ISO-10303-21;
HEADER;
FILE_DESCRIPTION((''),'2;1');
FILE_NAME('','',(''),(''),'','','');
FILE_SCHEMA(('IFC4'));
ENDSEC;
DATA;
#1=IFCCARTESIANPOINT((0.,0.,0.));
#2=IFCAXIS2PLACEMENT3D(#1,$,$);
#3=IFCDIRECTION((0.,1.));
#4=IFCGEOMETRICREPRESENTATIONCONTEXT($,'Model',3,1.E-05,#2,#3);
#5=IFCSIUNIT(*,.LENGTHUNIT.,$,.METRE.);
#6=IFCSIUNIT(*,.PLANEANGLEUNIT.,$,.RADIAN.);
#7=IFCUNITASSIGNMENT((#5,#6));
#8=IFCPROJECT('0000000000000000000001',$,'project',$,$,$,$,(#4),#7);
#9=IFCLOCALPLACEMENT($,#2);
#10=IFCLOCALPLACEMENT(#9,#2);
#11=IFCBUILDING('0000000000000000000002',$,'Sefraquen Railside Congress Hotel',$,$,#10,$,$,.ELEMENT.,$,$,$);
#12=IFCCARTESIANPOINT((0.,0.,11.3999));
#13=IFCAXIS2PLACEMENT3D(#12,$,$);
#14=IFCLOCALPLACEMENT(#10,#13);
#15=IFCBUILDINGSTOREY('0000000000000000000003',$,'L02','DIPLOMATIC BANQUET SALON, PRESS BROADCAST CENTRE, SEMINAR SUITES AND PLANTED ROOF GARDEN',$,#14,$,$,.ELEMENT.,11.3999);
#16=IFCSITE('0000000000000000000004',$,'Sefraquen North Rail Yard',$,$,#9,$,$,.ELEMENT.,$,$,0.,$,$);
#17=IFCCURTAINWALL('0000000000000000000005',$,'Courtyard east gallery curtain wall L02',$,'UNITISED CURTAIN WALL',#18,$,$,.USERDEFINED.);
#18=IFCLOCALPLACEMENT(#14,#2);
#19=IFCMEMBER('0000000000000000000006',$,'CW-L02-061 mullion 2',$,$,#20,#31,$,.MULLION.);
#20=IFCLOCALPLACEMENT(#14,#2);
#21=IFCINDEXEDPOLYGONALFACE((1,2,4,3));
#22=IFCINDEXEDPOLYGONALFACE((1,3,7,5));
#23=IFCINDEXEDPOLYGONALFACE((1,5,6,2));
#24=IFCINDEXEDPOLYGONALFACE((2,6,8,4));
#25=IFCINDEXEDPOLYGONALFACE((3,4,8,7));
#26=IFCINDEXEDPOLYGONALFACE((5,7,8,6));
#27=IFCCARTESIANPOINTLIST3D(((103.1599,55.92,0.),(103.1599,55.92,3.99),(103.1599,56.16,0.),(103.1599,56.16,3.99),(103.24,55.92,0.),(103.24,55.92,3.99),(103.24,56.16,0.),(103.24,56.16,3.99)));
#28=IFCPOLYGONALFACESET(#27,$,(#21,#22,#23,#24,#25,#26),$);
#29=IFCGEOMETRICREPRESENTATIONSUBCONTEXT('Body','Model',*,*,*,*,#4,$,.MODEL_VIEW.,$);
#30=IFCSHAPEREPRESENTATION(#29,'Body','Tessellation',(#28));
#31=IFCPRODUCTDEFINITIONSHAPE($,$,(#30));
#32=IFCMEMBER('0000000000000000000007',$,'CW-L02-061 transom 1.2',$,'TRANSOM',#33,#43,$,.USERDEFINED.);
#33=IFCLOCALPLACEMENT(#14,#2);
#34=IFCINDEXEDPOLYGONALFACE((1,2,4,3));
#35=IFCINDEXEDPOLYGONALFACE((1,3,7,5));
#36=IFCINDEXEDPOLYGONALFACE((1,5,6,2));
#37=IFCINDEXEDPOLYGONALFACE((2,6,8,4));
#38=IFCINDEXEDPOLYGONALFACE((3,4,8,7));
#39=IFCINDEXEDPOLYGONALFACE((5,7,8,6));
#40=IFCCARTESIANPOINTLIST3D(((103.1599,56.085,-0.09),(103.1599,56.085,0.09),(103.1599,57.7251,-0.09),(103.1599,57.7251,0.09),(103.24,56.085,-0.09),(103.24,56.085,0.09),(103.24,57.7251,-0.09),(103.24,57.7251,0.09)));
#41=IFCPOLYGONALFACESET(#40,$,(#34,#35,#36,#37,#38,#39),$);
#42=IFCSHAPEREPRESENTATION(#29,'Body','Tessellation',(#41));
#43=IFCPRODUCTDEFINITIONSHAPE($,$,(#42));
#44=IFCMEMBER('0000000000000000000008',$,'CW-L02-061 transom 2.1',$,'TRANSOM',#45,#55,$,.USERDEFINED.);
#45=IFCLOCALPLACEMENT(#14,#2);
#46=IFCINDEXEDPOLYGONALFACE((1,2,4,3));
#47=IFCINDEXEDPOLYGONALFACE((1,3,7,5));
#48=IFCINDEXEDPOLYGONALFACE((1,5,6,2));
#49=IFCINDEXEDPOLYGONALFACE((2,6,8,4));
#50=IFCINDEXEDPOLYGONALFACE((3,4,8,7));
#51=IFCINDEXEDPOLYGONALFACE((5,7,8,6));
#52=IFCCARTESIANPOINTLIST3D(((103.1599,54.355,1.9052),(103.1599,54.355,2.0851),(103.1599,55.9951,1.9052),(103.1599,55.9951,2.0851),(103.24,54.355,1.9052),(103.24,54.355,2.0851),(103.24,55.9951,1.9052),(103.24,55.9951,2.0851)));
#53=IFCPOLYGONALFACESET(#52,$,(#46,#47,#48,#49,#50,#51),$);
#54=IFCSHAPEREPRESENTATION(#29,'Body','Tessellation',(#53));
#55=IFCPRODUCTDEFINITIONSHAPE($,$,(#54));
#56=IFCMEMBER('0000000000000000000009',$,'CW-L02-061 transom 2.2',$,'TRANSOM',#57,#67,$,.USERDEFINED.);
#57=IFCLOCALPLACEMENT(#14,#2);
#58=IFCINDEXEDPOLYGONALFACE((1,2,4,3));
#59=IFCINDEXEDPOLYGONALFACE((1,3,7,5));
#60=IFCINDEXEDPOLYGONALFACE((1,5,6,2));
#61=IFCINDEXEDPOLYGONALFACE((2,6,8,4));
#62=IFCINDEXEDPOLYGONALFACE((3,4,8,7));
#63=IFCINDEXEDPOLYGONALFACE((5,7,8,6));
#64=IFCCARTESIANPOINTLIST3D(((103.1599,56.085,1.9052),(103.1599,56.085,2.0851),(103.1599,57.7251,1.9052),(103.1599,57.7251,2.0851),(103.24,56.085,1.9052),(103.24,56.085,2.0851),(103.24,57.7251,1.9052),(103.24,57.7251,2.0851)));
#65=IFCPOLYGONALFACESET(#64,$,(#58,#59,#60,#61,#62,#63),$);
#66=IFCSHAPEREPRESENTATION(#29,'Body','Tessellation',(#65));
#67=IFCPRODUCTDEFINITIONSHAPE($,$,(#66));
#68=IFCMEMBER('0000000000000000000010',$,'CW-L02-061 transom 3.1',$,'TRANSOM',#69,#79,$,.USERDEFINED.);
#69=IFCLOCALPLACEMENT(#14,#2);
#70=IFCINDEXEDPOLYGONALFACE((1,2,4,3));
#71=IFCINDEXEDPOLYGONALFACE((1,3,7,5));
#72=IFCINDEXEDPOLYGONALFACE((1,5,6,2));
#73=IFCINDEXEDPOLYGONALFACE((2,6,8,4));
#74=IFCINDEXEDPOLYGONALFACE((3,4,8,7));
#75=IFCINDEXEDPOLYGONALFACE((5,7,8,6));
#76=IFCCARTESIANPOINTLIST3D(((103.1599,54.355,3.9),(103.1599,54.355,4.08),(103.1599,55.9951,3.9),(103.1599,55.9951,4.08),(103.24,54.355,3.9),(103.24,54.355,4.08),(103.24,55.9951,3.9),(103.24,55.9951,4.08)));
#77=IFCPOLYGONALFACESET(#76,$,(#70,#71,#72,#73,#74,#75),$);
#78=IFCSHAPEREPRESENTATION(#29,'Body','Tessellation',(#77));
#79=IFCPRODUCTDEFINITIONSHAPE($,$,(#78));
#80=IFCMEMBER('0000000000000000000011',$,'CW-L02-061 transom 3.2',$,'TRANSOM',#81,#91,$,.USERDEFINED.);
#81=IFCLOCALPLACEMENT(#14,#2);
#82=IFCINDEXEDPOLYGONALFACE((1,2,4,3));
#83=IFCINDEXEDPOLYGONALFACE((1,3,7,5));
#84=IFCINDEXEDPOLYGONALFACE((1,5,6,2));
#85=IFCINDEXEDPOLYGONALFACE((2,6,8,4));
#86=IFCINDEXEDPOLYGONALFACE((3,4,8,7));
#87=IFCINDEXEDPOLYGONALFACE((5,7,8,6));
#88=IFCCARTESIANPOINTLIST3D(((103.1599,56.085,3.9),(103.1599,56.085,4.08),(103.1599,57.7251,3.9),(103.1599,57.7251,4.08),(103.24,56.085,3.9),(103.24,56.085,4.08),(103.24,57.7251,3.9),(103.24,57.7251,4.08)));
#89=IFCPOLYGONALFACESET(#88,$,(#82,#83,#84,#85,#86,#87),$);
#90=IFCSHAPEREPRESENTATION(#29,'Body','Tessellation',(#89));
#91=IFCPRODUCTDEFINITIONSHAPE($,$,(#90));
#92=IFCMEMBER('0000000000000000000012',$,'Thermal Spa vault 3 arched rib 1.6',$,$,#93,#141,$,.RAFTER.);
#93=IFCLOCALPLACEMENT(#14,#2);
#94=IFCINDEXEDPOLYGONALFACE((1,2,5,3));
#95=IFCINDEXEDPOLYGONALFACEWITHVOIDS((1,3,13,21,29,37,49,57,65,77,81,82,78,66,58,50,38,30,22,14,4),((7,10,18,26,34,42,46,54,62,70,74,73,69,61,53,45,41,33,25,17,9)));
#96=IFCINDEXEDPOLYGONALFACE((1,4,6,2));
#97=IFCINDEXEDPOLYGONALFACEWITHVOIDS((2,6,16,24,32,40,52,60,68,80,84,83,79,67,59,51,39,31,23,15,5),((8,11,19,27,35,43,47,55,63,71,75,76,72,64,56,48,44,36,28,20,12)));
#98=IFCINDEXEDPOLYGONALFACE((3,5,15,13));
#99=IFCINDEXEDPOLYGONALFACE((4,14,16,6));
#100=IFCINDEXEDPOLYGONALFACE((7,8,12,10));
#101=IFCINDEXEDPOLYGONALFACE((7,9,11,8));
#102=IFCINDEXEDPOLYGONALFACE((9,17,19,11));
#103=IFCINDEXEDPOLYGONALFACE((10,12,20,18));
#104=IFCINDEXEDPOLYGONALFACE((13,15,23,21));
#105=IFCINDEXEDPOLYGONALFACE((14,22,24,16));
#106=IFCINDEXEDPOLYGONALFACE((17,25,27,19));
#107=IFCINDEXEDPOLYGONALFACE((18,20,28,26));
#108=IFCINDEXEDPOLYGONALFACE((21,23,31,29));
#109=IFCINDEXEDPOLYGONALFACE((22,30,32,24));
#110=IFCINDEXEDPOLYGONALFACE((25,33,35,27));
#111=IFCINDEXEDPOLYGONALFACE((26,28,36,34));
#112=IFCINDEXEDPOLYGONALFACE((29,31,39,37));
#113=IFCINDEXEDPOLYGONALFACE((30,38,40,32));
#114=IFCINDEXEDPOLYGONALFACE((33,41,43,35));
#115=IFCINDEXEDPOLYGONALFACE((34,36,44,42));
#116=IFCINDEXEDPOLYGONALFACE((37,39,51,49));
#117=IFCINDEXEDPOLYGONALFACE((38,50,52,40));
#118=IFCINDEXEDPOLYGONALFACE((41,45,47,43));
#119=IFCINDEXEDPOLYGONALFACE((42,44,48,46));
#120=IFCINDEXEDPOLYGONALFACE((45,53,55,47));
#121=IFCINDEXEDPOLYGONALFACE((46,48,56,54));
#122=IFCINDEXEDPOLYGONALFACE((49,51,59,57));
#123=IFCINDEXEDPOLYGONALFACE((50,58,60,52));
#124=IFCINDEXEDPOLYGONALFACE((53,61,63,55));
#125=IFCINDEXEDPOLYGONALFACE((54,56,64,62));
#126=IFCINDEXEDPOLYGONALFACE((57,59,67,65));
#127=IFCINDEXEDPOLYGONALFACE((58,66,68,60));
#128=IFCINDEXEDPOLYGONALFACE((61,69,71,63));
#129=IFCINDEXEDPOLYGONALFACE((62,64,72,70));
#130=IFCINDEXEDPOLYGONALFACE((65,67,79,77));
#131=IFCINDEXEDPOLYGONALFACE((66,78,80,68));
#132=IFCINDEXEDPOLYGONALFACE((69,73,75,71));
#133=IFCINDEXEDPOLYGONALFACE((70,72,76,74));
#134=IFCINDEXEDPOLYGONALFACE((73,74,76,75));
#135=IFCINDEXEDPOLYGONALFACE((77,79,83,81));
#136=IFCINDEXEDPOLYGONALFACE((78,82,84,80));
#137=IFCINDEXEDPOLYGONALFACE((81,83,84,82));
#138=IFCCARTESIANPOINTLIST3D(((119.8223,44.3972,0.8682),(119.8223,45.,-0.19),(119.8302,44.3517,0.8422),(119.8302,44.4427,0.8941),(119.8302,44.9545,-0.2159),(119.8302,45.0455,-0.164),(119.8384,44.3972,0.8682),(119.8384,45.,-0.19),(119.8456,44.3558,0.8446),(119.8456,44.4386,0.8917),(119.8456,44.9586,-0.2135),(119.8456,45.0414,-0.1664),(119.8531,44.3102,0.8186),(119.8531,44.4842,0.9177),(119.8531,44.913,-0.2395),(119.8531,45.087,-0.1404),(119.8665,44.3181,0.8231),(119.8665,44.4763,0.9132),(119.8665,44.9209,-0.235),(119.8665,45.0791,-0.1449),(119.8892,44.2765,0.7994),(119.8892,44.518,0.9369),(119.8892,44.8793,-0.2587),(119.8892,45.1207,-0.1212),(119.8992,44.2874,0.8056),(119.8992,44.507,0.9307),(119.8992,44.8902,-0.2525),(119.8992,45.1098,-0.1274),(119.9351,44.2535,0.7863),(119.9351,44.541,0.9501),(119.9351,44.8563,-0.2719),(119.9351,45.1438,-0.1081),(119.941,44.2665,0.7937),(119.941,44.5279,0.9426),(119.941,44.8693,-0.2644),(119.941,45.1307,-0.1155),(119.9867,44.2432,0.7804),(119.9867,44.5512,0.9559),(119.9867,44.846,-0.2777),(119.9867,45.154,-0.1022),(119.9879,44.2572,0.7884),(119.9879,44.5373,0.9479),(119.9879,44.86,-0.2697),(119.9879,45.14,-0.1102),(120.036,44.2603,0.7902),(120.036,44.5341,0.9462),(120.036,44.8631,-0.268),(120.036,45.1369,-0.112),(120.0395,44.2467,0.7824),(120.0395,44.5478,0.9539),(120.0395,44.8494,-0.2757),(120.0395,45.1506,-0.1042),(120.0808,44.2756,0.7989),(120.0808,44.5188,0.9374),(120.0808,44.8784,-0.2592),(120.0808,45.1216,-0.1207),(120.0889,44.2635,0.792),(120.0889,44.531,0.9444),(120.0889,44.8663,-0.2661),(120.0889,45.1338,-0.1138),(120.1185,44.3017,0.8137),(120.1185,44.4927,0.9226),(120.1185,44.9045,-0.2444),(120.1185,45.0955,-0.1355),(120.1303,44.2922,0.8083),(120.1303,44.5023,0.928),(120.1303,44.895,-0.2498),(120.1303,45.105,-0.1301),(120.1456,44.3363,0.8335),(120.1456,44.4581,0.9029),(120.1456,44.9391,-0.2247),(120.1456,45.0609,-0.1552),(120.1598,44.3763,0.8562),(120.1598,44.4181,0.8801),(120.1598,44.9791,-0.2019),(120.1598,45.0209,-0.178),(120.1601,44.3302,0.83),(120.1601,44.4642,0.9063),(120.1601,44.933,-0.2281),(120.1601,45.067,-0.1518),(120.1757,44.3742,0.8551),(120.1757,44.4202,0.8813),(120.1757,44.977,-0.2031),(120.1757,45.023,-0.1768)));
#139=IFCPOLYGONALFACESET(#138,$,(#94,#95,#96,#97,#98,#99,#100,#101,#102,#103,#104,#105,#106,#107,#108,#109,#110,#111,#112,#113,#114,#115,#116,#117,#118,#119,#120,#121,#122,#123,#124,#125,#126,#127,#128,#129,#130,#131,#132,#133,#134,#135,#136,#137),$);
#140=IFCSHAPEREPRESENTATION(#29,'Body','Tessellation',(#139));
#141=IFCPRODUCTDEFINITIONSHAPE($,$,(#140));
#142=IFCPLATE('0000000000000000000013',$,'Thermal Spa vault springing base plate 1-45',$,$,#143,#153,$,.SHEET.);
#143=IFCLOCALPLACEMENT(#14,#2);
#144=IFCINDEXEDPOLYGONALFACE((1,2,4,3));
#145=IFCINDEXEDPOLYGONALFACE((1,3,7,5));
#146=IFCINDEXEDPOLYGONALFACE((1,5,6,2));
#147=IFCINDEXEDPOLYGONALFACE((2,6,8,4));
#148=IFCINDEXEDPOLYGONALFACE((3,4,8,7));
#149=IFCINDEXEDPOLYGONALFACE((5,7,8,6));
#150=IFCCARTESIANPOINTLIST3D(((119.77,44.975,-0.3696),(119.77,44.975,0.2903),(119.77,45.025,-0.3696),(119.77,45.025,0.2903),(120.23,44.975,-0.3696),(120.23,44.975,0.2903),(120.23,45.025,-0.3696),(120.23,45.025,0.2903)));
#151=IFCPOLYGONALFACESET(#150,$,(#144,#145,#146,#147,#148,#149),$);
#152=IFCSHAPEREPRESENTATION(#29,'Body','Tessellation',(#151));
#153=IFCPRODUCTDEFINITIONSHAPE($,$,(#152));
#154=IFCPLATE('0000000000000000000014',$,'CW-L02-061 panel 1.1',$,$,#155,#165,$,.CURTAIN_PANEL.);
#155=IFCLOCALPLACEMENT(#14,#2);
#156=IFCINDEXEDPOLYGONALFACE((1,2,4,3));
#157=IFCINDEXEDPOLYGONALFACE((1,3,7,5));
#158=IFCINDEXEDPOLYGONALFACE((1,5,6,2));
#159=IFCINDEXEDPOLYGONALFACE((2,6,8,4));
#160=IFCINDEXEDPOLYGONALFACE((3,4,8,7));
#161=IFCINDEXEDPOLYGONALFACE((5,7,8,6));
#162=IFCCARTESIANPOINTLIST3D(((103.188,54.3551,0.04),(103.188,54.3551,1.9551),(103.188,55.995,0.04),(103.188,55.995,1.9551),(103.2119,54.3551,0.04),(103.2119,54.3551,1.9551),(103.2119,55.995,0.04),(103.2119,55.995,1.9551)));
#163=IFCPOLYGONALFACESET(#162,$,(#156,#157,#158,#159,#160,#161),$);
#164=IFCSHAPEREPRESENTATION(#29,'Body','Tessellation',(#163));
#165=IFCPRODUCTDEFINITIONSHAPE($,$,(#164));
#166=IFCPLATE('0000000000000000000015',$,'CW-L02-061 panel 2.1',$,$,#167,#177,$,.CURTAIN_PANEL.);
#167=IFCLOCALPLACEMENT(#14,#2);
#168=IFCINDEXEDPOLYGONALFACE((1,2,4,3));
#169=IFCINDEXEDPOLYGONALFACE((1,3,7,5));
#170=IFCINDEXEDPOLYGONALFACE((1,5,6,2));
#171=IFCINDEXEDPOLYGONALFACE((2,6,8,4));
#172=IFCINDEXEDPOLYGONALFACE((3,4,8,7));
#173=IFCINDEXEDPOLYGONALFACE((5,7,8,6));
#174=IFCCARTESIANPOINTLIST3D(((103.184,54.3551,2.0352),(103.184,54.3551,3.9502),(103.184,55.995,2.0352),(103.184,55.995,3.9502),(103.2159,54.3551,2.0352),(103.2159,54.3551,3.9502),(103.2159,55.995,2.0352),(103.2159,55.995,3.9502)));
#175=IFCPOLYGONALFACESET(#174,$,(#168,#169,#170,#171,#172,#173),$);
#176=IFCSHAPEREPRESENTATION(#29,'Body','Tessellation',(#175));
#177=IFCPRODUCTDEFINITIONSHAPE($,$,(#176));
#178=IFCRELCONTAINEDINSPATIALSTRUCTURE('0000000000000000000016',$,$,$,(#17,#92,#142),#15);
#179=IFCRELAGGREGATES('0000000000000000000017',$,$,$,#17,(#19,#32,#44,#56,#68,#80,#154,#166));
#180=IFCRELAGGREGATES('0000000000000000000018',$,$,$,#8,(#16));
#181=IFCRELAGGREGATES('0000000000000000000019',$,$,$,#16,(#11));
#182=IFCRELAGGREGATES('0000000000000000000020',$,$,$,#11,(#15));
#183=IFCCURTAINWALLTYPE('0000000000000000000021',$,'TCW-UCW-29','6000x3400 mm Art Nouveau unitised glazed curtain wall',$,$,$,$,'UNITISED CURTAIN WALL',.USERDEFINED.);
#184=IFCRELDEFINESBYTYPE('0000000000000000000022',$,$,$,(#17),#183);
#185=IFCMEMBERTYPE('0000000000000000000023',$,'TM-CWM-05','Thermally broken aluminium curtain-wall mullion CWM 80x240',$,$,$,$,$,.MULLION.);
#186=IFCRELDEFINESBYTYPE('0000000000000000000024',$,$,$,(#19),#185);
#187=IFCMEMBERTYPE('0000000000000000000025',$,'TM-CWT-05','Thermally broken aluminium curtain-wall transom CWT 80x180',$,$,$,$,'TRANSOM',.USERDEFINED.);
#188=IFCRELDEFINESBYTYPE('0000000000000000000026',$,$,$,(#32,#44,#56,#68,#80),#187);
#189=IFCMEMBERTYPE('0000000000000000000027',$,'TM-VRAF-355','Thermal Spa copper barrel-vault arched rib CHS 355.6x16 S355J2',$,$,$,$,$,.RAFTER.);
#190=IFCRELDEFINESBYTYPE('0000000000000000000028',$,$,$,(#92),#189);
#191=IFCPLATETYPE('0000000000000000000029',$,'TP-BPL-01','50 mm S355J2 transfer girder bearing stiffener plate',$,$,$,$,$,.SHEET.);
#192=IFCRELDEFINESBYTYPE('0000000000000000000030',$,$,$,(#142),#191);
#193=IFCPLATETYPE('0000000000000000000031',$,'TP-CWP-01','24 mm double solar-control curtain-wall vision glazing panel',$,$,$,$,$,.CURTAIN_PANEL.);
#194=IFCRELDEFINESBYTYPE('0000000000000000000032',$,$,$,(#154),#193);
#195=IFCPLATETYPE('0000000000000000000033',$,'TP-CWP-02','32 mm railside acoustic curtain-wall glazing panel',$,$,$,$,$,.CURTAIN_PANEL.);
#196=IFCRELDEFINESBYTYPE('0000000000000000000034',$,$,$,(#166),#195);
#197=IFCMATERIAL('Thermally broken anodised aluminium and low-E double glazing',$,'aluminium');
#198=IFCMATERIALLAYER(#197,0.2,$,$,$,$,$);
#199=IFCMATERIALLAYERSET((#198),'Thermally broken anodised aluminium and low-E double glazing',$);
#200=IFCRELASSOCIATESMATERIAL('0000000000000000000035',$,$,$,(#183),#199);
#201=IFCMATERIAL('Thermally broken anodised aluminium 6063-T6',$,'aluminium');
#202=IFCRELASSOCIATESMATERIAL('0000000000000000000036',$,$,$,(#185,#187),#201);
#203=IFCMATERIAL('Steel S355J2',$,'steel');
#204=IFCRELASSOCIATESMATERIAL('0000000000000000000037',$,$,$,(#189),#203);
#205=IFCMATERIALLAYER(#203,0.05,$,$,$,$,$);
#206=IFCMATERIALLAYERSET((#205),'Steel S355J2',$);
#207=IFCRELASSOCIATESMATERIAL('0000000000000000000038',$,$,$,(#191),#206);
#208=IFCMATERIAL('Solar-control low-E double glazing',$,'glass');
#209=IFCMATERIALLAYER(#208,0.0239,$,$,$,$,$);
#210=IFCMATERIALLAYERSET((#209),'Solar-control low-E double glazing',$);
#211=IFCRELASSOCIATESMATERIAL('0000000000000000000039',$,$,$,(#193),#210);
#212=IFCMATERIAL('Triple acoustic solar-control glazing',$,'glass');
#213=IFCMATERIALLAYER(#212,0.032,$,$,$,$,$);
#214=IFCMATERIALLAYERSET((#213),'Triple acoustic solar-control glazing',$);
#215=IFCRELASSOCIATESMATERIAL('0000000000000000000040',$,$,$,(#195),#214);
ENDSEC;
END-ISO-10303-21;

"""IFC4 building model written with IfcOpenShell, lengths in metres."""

from ifc_helpers import new_model, si_unit, direction, frame, origin, origin_2d, place, context, subcontext, project, spatial, rectangle, hollow_circle, extrude, material, layer, layer_set, material_profile, profile_set, type_object, element, aggregate, save


model = new_model("IFC4")

# Units and contexts
model_context = context("Model", 3, precision=1e-05, world=origin(), true_north=direction((0.0, 1.0)))
body_context = subcontext(model_context, "Body", "Model", "MODEL_VIEW")
ifc_project = project(units=[si_unit("LENGTHUNIT", "METRE"), si_unit("PLANEANGLEUNIT", "RADIAN")], contexts=[model_context])

# Site, building, storey
site_placement = place(None, origin())
site = spatial("IfcSite", under=ifc_project, at=site_placement, Name="Sefraquen North Rail Yard", CompositionType="ELEMENT", RefElevation=0.0)
building_placement = place(site_placement, origin())
building = spatial("IfcBuilding", under=site, at=building_placement, Name="Sefraquen Railside Congress Hotel", CompositionType="ELEMENT")
storey_placement = place(building_placement, frame((0.0, 0.0, 11.3999)))
storey = spatial("IfcBuildingStorey", under=building, at=storey_placement, Name="L02", Description="DIPLOMATIC BANQUET SALON, PRESS BROADCAST CENTRE, SEMINAR SUITES AND PLANTED ROOF GARDEN", CompositionType="ELEMENT", Elevation=11.3999)

# Curtain wall, members
ifc_material_1 = material(Name="Thermally broken anodised aluminium and low-E double glazing", Category="aluminium")
ifc_layer_1 = layer(ifc_material_1, 0.2)
ifc_layer_set_1 = layer_set([ifc_layer_1], Name="Thermally broken anodised aluminium and low-E double glazing")
curtain_wall_type = type_object("IfcCurtainWallType", Name="TCW-UCW-29", Description="6000x3400 mm Art Nouveau unitised glazed curtain wall", ElementType="UNITISED CURTAIN WALL", PredefinedType="USERDEFINED", material=ifc_layer_set_1)
curtain_wall_placement = place(storey_placement, origin())
curtain_wall = element("IfcCurtainWall", 1, at=curtain_wall_placement, inside=storey, type_object=curtain_wall_type, Name="Courtyard east gallery curtain wall L02", ObjectType="UNITISED CURTAIN WALL", PredefinedType="USERDEFINED")
ifc_material_2 = material(Name="Thermally broken anodised aluminium 6063-T6", Category="aluminium")
ifc_material_profile_1 = material_profile(ifc_material_2, rectangle(XDim=0.0801, YDim=0.24, at=origin_2d()), Name="CWM 80x240")
ifc_profile_set_1 = profile_set([ifc_material_profile_1], Name="Thermally broken anodised aluminium 6063-T6")
member_type_1 = type_object("IfcMemberType", Name="TM-CWM-05", Description="Thermally broken aluminium curtain-wall mullion CWM 80x240", PredefinedType="MULLION", material=ifc_profile_set_1)
member_1_placement = place(storey_placement, frame((103.2, 56.04, 0.0), z_axis=(0.0, 0.0, 1.0), x_axis=(1.0, 0.0, 0.0)))
member_1 = element("IfcMember", 2, at=member_1_placement, type_object=member_type_1, Name="CW-L02-061 mullion 2", PredefinedType="MULLION", context=body_context, shape_type="SweptSolid", body=[
    extrude(rectangle(XDim=0.0801, YDim=0.24, at=origin_2d()), origin(), (0.0, 0.0, 1.0), 3.99),
])
ifc_material_profile_2 = material_profile(ifc_material_2, rectangle(XDim=0.0801, YDim=0.1799, at=origin_2d()), Name="CWT 80x180")
ifc_profile_set_2 = profile_set([ifc_material_profile_2], Name="Thermally broken anodised aluminium 6063-T6")
member_type_2 = type_object("IfcMemberType", Name="TM-CWT-05", Description="Thermally broken aluminium curtain-wall transom CWT 80x180", ElementType="TRANSOM", PredefinedType="USERDEFINED", material=ifc_profile_set_2)
member_2_placement = place(storey_placement, frame((103.2, 56.085, 0.0), z_axis=(0.0, 1.0, 0.0), x_axis=(-1.0, 0.0, 0.0)))
member_2 = element("IfcMember", 3, at=member_2_placement, type_object=member_type_2, Name="CW-L02-061 transom 1.2", ObjectType="TRANSOM", PredefinedType="USERDEFINED", context=body_context, shape_type="SweptSolid", body=[
    extrude(rectangle(XDim=0.0801, YDim=0.1799, at=origin_2d()), origin(), (0.0, 0.0, 1.0), 1.6401),
])
member_3_placement = place(storey_placement, frame((103.2, 54.355, 1.9951), z_axis=(0.0, 1.0, 0.0), x_axis=(-1.0, 0.0, 0.0)))
member_3 = element("IfcMember", 4, at=member_3_placement, type_object=member_type_2, Name="CW-L02-061 transom 2.1", ObjectType="TRANSOM", PredefinedType="USERDEFINED", context=body_context, shape_type="SweptSolid", body=[
    extrude(rectangle(XDim=0.0801, YDim=0.1799, at=origin_2d()), origin(), (0.0, 0.0, 1.0), 1.6401),
])
member_4_placement = place(storey_placement, frame((103.2, 56.085, 1.9951), z_axis=(0.0, 1.0, 0.0), x_axis=(-1.0, 0.0, 0.0)))
member_4 = element("IfcMember", 5, at=member_4_placement, type_object=member_type_2, Name="CW-L02-061 transom 2.2", ObjectType="TRANSOM", PredefinedType="USERDEFINED", context=body_context, shape_type="SweptSolid", body=[
    extrude(rectangle(XDim=0.0801, YDim=0.1799, at=origin_2d()), origin(), (0.0, 0.0, 1.0), 1.6401),
])
member_5_placement = place(storey_placement, frame((103.2, 54.355, 3.99), z_axis=(0.0, 1.0, 0.0), x_axis=(-1.0, 0.0, 0.0)))
member_5 = element("IfcMember", 6, at=member_5_placement, type_object=member_type_2, Name="CW-L02-061 transom 3.1", ObjectType="TRANSOM", PredefinedType="USERDEFINED", context=body_context, shape_type="SweptSolid", body=[
    extrude(rectangle(XDim=0.0801, YDim=0.1799, at=origin_2d()), origin(), (0.0, 0.0, 1.0), 1.6401),
])
member_6_placement = place(storey_placement, frame((103.2, 56.085, 3.99), z_axis=(0.0, 1.0, 0.0), x_axis=(-1.0, 0.0, 0.0)))
member_6 = element("IfcMember", 7, at=member_6_placement, type_object=member_type_2, Name="CW-L02-061 transom 3.2", ObjectType="TRANSOM", PredefinedType="USERDEFINED", context=body_context, shape_type="SweptSolid", body=[
    extrude(rectangle(XDim=0.0801, YDim=0.1799, at=origin_2d()), origin(), (0.0, 0.0, 1.0), 1.6401),
])

# Member
ifc_material_3 = material(Name="Steel S355J2", Category="steel")
ifc_material_profile_3 = material_profile(ifc_material_3, hollow_circle(Radius=0.1777, WallThickness=0.0161, at=origin_2d()), Name="CHS 355.6x16")
ifc_profile_set_3 = profile_set([ifc_material_profile_3], Name="Steel S355J2")
member_type_3 = type_object("IfcMemberType", Name="TM-VRAF-355", Description="Thermal Spa copper barrel-vault arched rib CHS 355.6x16 S355J2", PredefinedType="RAFTER", material=ifc_profile_set_3)
member_7_placement = place(storey_placement, frame((120.0, 44.3972, 0.8682), z_axis=(0.0, 0.494994, -0.868896), x_axis=(-1.0, 0.0, 0.0)))
element("IfcMember", 8, at=member_7_placement, inside=storey, type_object=member_type_3, Name="Thermal Spa vault 3 arched rib 1.6", PredefinedType="RAFTER", context=body_context, shape_type="SweptSolid", body=[
    extrude(hollow_circle(Radius=0.1777, WallThickness=0.0161, at=origin_2d()), origin(), (0.0, 0.0, 1.0), 1.2178),
])

# Plates
ifc_layer_2 = layer(ifc_material_3, 0.05)
ifc_layer_set_2 = layer_set([ifc_layer_2], Name="Steel S355J2")
plate_type_1 = type_object("IfcPlateType", Name="TP-BPL-01", Description="50 mm S355J2 transfer girder bearing stiffener plate", PredefinedType="SHEET", material=ifc_layer_set_2)
plate_1_placement = place(storey_placement, frame((120.0, 45.0, -0.3696), z_axis=(0.0, 0.0, 1.0), x_axis=(1.0, 0.0, 0.0)))
element("IfcPlate", 9, at=plate_1_placement, inside=storey, type_object=plate_type_1, Name="Thermal Spa vault springing base plate 1-45", PredefinedType="SHEET", context=body_context, shape_type="SweptSolid", body=[
    extrude(rectangle(XDim=0.46, YDim=0.05, at=origin_2d()), origin(), (0.0, 0.0, 1.0), 0.6599),
])
ifc_material_4 = material(Name="Solar-control low-E double glazing", Category="glass")
ifc_layer_3 = layer(ifc_material_4, 0.0239)
ifc_layer_set_3 = layer_set([ifc_layer_3], Name="Solar-control low-E double glazing")
plate_type_2 = type_object("IfcPlateType", Name="TP-CWP-01", Description="24 mm double solar-control curtain-wall vision glazing panel", PredefinedType="CURTAIN_PANEL", material=ifc_layer_set_3)
plate_2_placement = place(storey_placement, frame((103.2, 55.175, 0.04), z_axis=(0.0, 0.0, 1.0), x_axis=(0.0, 1.0, 0.0)))
plate_2 = element("IfcPlate", 10, at=plate_2_placement, type_object=plate_type_2, Name="CW-L02-061 panel 1.1", PredefinedType="CURTAIN_PANEL", context=body_context, shape_type="SweptSolid", body=[
    extrude(rectangle(XDim=1.6399, YDim=0.0239, at=origin_2d()), origin(), (0.0, 0.0, 1.0), 1.915),
])
ifc_material_5 = material(Name="Triple acoustic solar-control glazing", Category="glass")
ifc_layer_4 = layer(ifc_material_5, 0.032)
ifc_layer_set_4 = layer_set([ifc_layer_4], Name="Triple acoustic solar-control glazing")
plate_type_3 = type_object("IfcPlateType", Name="TP-CWP-02", Description="32 mm railside acoustic curtain-wall glazing panel", PredefinedType="CURTAIN_PANEL", material=ifc_layer_set_4)
plate_3_placement = place(storey_placement, frame((103.2, 55.175, 2.0352), z_axis=(0.0, 0.0, 1.0), x_axis=(0.0, 1.0, 0.0)))
plate_3 = element("IfcPlate", 11, at=plate_3_placement, type_object=plate_type_3, Name="CW-L02-061 panel 2.1", PredefinedType="CURTAIN_PANEL", context=body_context, shape_type="SweptSolid", body=[
    extrude(rectangle(XDim=1.6399, YDim=0.032, at=origin_2d()), origin(), (0.0, 0.0, 1.0), 1.915),
])
aggregate(curtain_wall, [member_1, member_2, member_3, member_4, member_5, member_6, plate_2, plate_3])

save(model, "model.ifc")
